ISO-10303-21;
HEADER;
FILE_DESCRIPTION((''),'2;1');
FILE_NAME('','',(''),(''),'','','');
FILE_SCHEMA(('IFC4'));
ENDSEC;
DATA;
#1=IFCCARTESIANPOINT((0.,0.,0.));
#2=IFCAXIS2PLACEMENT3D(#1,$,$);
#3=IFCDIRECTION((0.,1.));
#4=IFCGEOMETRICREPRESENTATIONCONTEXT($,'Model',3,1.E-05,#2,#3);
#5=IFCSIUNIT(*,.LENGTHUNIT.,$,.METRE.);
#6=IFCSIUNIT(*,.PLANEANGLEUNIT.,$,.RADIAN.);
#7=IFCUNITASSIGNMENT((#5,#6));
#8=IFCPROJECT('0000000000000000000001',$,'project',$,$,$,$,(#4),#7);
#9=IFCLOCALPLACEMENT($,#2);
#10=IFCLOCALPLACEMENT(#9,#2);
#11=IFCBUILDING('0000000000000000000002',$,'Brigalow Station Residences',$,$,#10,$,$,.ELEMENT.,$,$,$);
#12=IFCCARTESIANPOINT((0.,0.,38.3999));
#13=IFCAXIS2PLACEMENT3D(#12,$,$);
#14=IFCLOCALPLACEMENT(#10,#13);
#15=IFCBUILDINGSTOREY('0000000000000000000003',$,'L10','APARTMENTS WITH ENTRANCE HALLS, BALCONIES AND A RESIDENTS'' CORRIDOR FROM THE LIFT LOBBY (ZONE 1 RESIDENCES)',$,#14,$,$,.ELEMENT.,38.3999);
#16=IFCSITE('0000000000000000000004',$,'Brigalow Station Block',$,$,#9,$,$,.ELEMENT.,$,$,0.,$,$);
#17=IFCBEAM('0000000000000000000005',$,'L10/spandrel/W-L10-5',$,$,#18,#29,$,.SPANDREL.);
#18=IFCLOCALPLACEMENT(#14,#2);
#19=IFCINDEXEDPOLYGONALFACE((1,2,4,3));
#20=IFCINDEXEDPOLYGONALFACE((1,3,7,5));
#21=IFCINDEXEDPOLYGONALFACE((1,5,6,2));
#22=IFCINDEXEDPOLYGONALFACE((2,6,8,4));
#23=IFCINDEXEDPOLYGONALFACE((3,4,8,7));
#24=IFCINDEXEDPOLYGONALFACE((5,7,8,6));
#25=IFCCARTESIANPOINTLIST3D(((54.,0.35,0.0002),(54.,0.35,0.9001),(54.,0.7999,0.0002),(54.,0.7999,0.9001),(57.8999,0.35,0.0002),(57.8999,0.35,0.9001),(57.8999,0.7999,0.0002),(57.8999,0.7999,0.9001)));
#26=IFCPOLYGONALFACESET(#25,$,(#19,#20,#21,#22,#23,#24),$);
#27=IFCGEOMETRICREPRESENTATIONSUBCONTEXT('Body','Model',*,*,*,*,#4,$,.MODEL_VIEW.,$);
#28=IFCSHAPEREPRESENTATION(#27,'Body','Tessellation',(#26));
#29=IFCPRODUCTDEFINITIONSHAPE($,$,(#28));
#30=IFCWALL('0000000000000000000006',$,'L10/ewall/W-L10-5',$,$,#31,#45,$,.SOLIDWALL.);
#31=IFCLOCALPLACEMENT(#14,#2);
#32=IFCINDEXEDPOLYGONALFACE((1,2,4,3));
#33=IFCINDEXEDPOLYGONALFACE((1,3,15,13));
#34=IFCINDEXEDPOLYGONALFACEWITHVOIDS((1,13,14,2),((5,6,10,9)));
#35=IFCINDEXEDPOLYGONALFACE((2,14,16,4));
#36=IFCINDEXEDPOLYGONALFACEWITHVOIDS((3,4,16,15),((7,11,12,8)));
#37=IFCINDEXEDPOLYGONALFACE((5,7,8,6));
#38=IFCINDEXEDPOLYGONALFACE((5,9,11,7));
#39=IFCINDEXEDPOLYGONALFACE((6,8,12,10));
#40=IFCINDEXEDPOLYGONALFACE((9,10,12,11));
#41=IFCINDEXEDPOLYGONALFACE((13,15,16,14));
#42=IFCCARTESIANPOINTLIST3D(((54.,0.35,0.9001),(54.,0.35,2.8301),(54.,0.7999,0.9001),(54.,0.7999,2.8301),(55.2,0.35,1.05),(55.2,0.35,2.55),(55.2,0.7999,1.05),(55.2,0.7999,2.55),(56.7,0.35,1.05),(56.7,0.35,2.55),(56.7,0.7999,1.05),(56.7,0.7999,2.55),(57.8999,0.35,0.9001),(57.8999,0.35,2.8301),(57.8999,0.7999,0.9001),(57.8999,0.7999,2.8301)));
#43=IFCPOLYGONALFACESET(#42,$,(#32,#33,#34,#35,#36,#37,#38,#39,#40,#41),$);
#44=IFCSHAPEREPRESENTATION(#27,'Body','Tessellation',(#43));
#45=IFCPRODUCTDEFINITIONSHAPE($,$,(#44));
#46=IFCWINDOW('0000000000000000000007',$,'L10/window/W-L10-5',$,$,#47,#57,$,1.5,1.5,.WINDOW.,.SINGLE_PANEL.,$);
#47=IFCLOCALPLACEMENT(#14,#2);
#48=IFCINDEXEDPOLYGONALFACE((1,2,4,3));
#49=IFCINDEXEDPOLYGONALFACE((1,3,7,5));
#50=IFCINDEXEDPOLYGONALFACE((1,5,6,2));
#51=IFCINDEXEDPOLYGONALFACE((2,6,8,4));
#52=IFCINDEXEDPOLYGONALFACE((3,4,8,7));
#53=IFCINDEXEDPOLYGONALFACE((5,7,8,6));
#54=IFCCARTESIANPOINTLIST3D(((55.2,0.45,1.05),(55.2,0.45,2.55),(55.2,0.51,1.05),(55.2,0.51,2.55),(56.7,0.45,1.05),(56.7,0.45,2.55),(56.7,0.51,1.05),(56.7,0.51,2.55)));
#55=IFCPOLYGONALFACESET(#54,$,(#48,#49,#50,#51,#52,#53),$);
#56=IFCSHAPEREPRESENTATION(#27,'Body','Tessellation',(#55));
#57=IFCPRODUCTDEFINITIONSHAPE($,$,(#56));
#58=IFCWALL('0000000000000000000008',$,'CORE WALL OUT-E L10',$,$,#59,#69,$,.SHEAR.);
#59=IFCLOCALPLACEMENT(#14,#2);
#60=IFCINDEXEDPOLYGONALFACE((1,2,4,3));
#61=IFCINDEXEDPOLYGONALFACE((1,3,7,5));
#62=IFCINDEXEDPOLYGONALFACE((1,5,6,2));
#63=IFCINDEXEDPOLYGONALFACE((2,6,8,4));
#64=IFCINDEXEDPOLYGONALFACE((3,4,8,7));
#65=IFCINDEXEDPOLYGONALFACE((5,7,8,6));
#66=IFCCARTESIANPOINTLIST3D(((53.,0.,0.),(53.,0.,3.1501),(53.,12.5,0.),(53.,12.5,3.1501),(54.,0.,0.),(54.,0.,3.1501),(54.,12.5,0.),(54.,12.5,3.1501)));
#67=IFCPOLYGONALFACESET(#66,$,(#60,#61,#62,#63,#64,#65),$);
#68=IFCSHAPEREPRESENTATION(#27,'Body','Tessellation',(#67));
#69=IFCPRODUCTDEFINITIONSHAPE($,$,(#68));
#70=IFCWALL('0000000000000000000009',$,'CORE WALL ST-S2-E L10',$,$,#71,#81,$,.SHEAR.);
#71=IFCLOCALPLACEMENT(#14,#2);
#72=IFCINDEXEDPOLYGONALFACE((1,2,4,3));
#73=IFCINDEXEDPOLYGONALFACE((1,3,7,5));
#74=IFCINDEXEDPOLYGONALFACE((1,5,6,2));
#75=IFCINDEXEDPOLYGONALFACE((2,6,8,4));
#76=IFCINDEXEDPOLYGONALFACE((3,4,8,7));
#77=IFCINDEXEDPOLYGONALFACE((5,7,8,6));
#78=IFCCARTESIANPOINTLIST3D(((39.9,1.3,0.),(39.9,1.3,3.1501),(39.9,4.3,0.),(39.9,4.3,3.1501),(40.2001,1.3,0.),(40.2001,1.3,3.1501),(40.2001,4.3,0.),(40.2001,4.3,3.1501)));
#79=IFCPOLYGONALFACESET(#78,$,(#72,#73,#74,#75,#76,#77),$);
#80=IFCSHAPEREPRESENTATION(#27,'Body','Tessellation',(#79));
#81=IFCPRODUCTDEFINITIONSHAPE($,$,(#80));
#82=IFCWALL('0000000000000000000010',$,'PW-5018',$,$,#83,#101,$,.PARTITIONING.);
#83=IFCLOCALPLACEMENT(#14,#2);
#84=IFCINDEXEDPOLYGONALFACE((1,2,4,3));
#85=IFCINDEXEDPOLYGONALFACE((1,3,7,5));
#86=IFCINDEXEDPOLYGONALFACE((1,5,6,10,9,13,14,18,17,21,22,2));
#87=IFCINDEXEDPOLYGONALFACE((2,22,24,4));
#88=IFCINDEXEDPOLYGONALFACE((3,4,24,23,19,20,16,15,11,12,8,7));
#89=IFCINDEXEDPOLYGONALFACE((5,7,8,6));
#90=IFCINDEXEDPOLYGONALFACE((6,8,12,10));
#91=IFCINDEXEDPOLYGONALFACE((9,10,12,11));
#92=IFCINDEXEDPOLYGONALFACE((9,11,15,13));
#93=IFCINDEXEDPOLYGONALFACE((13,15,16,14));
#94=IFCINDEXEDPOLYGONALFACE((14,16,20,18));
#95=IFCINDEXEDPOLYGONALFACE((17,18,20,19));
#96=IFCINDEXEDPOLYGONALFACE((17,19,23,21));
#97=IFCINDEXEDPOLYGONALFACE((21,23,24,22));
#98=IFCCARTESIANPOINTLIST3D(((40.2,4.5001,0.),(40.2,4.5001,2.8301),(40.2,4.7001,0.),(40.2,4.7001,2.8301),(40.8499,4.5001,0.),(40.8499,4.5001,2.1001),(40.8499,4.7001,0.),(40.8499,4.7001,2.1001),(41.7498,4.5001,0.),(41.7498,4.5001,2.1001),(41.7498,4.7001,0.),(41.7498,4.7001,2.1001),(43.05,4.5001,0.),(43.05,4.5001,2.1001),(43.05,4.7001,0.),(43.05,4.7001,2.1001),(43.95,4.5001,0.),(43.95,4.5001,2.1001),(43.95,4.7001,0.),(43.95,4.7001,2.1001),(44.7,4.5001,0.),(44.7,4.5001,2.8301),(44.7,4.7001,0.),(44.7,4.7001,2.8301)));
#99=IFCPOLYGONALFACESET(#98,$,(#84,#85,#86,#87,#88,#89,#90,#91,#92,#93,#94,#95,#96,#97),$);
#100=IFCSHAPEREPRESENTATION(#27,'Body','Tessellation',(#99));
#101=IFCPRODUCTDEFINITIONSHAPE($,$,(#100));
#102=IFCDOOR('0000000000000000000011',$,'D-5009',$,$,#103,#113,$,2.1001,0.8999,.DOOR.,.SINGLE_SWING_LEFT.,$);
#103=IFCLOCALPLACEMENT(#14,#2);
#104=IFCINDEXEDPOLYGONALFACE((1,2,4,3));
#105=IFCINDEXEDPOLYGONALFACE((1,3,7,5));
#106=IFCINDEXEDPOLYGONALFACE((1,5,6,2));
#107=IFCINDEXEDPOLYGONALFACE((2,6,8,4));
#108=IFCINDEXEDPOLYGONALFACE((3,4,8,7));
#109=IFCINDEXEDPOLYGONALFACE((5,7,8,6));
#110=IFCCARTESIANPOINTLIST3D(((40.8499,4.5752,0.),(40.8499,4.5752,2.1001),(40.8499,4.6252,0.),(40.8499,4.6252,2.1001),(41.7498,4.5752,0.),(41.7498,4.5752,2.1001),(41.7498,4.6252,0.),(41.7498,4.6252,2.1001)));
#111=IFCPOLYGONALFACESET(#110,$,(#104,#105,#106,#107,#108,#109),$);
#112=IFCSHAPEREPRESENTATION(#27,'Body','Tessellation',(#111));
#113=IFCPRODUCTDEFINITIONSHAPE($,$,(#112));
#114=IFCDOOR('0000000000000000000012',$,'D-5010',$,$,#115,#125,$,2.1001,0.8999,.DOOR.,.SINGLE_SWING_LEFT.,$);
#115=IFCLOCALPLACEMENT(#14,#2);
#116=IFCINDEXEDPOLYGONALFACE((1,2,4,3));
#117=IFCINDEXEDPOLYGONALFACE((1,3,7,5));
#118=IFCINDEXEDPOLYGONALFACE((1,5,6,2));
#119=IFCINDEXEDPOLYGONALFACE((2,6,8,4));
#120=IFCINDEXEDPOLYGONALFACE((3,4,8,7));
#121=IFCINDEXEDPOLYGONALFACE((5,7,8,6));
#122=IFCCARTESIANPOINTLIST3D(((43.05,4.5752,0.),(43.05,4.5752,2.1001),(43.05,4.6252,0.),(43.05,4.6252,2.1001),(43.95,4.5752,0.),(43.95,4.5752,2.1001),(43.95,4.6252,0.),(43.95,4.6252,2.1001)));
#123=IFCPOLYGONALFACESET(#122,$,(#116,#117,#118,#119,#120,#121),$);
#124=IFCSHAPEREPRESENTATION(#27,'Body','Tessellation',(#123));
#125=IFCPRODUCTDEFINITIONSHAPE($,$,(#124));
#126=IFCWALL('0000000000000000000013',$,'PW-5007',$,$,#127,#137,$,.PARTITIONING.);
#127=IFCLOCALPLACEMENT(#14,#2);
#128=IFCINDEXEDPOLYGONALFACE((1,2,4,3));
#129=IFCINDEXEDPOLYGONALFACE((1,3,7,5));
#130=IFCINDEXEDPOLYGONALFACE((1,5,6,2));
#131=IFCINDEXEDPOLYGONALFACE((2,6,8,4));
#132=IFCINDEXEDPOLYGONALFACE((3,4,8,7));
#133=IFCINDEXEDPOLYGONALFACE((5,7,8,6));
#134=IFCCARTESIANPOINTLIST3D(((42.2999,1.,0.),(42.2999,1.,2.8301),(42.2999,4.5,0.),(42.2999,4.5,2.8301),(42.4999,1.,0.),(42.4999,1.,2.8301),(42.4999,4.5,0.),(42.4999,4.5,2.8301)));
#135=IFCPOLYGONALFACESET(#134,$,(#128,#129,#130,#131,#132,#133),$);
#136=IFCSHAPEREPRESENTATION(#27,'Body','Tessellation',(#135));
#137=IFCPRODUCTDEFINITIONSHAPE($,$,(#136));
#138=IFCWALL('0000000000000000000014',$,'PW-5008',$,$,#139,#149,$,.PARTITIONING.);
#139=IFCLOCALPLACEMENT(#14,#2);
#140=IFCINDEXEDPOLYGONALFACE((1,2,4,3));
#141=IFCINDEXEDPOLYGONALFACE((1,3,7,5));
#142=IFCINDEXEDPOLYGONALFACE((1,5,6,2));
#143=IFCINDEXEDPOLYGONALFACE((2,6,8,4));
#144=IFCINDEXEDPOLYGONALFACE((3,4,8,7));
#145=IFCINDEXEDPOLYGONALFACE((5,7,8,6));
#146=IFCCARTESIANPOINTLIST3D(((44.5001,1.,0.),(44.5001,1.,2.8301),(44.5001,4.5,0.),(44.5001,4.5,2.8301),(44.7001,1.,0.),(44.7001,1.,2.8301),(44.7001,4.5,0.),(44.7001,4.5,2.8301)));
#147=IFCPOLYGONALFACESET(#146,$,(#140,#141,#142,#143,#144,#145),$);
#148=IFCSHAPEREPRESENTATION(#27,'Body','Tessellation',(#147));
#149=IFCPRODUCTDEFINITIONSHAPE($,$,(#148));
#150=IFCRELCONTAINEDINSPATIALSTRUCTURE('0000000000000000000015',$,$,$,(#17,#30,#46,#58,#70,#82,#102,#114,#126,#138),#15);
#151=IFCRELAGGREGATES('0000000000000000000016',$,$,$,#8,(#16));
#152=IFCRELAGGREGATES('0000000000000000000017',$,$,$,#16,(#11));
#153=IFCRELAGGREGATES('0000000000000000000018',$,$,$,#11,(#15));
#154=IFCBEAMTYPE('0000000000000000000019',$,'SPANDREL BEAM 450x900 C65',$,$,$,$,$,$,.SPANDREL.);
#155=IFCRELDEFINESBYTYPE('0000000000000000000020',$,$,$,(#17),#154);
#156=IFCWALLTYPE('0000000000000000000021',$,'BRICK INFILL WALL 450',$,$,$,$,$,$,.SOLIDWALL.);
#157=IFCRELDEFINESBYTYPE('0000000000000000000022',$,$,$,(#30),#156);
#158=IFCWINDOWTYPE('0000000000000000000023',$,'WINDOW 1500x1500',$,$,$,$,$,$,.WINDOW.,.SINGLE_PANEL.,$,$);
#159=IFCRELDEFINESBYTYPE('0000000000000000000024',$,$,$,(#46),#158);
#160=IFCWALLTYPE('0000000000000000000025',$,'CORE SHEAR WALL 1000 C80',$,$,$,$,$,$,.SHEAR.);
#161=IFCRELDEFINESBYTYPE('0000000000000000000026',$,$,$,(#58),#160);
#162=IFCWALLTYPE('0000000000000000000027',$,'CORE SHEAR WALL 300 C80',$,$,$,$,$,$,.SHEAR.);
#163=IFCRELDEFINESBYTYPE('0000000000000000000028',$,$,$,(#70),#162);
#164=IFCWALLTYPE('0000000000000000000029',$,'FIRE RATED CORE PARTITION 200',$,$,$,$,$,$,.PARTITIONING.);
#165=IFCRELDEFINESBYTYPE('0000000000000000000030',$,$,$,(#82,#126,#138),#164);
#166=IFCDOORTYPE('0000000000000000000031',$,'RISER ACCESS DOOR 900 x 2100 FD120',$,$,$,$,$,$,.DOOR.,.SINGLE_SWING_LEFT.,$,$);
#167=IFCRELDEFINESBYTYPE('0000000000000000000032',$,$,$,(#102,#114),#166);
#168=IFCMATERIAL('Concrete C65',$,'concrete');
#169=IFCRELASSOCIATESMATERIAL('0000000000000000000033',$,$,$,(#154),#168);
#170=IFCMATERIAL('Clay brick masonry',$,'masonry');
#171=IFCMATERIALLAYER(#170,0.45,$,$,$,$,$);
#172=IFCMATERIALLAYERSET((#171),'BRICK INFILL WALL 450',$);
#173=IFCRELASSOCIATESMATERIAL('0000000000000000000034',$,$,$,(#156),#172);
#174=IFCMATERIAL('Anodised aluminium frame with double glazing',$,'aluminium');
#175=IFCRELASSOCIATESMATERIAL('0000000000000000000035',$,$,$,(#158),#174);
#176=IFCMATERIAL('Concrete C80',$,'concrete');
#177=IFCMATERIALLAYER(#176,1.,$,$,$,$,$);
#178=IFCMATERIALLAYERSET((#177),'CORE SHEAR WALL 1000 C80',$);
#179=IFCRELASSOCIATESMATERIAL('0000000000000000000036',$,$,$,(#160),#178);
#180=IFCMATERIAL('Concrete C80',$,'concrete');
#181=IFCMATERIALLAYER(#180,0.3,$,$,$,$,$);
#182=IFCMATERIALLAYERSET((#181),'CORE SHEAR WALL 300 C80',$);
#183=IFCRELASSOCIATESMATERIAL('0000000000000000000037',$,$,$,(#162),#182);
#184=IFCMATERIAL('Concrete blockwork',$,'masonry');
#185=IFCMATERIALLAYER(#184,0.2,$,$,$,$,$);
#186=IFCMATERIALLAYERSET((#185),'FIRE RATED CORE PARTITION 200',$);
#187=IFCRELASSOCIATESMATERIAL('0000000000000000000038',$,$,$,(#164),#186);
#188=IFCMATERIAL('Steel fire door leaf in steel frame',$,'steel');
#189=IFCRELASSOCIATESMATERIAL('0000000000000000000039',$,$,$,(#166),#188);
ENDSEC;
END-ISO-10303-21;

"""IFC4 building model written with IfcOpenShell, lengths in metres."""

from ifc_helpers import new_model, si_unit, direction, frame, frame_2d, origin, origin_2d, place, context, subcontext, project, spatial, rectangle, extrude, material, layer, layer_set, material_profile, profile_set, type_object, element, fill, save


model = new_model("IFC4")

# Units and contexts
model_context = context("Model", 3, precision=1e-05, world=origin(), true_north=direction((0.0, 1.0)))
body_context = subcontext(model_context, "Body", "Model", "MODEL_VIEW")
ifc_project = project(units=[si_unit("LENGTHUNIT", "METRE"), si_unit("PLANEANGLEUNIT", "RADIAN")], contexts=[model_context])

# Site, building, storey
site_placement = place(None, origin())
site = spatial("IfcSite", under=ifc_project, at=site_placement, Name="Brigalow Station Block", CompositionType="ELEMENT", RefElevation=0.0)
building_placement = place(site_placement, origin())
building = spatial("IfcBuilding", under=site, at=building_placement, Name="Brigalow Station Residences", CompositionType="ELEMENT")
storey_placement = place(building_placement, frame((0.0, 0.0, 38.3999)))
storey = spatial("IfcBuildingStorey", under=building, at=storey_placement, Name="L10", Description="APARTMENTS WITH ENTRANCE HALLS, BALCONIES AND A RESIDENTS' CORRIDOR FROM THE LIFT LOBBY (ZONE 1 RESIDENCES)", CompositionType="ELEMENT", Elevation=38.3999)

# Beam
ifc_material_1 = material(Name="Concrete C65", Category="concrete")
ifc_material_profile = material_profile(ifc_material_1, rectangle(XDim=0.45, YDim=0.8999, at=origin_2d()), Name="RC450x900")
ifc_profile_set = profile_set([ifc_material_profile], Name="Concrete C65")
beam_type = type_object("IfcBeamType", Name="SPANDREL BEAM 450x900 C65", PredefinedType="SPANDREL", material=ifc_profile_set)
beam_placement = place(storey_placement, frame((54.0, 0.575, 0.4502), z_axis=(1.0, 0.0, 0.0), x_axis=(0.0, 1.0, 0.0)))
element("IfcBeam", 1, at=beam_placement, inside=storey, type_object=beam_type, Name="L10/spandrel/W-L10-5", PredefinedType="SPANDREL", context=body_context, shape_type="SweptSolid", body=[
    extrude(rectangle(XDim=0.45, YDim=0.8999, at=origin_2d()), origin(), (0.0, 0.0, 1.0), 3.8999),
])

# Wall, opening, window
ifc_material_2 = material(Name="Clay brick masonry", Category="masonry")
ifc_layer_1 = layer(ifc_material_2, 0.45)
ifc_layer_set_1 = layer_set([ifc_layer_1], Name="BRICK INFILL WALL 450")
wall_type_1 = type_object("IfcWallType", Name="BRICK INFILL WALL 450", PredefinedType="SOLIDWALL", material=ifc_layer_set_1)
wall_1_placement = place(storey_placement, frame((54.0, 0.575, 0.9001), z_axis=(0.0, 0.0, 1.0), x_axis=(1.0, 0.0, 0.0)))
wall_1 = element("IfcWall", 2, at=wall_1_placement, inside=storey, type_object=wall_type_1, Name="L10/ewall/W-L10-5", PredefinedType="SOLIDWALL", context=body_context, shape_type="SweptSolid", body=[
    extrude(rectangle(XDim=3.8999, YDim=0.45, at=frame_2d((1.95, 0.0))), origin(), (0.0, 0.0, 1.0), 1.9299),
])
opening_1_placement = place(wall_1_placement, frame((1.2, 0.0, 0.1499)))
opening_1 = element("IfcOpeningElement", 3, at=opening_1_placement, cuts=wall_1, PredefinedType="OPENING", context=body_context, shape_type="SweptSolid", body=[
    extrude(rectangle(XDim=1.5, YDim=1.5, at=frame_2d((0.75, 0.75))), frame((0.0, 0.2349, 0.0), z_axis=(0.0, -1.0, 0.0), x_axis=(1.0, 0.0, 0.0)), (0.0, 0.0, 1.0), 0.47),
])
ifc_material_3 = material(Name="Anodised aluminium frame with double glazing", Category="aluminium")
window_type = type_object("IfcWindowType", Name="WINDOW 1500x1500", PartitioningType="SINGLE_PANEL", PredefinedType="WINDOW", material=ifc_material_3)
window_placement = place(opening_1_placement, origin())
window = element("IfcWindow", 4, at=window_placement, inside=storey, type_object=window_type, Name="L10/window/W-L10-5", OverallHeight=1.5, OverallWidth=1.5, PartitioningType="SINGLE_PANEL", PredefinedType="WINDOW", context=body_context, shape_type="SweptSolid", body=[
    extrude(rectangle(XDim=1.5, YDim=1.5, at=frame_2d((0.75, 0.75))), frame((0.0, -0.0649, 0.0), z_axis=(0.0, -1.0, 0.0), x_axis=(1.0, 0.0, 0.0)), (0.0, 0.0, 1.0), 0.0601),
])
fill(opening_1, window)

# Walls
ifc_material_4 = material(Name="Concrete C80", Category="concrete")
ifc_layer_2 = layer(ifc_material_4, 1.0)
ifc_layer_set_2 = layer_set([ifc_layer_2], Name="CORE SHEAR WALL 1000 C80")
wall_type_2 = type_object("IfcWallType", Name="CORE SHEAR WALL 1000 C80", PredefinedType="SHEAR", material=ifc_layer_set_2)
wall_2_placement = place(storey_placement, frame((53.5, 0.0, 0.0), z_axis=(0.0, 0.0, 1.0), x_axis=(0.0, 1.0, 0.0)))
element("IfcWall", 5, at=wall_2_placement, inside=storey, type_object=wall_type_2, Name="CORE WALL OUT-E L10", PredefinedType="SHEAR", context=body_context, shape_type="SweptSolid", body=[
    extrude(rectangle(XDim=12.5, YDim=1.0, at=frame_2d((6.25, 0.0))), origin(), (0.0, 0.0, 1.0), 3.1501),
])
ifc_material_5 = material(Name="Concrete C80", Category="concrete")
ifc_layer_3 = layer(ifc_material_5, 0.3)
ifc_layer_set_3 = layer_set([ifc_layer_3], Name="CORE SHEAR WALL 300 C80")
wall_type_3 = type_object("IfcWallType", Name="CORE SHEAR WALL 300 C80", PredefinedType="SHEAR", material=ifc_layer_set_3)
wall_3_placement = place(storey_placement, frame((40.05, 1.3, 0.0), z_axis=(0.0, 0.0, 1.0), x_axis=(0.0, 1.0, 0.0)))
element("IfcWall", 6, at=wall_3_placement, inside=storey, type_object=wall_type_3, Name="CORE WALL ST-S2-E L10", PredefinedType="SHEAR", context=body_context, shape_type="SweptSolid", body=[
    extrude(rectangle(XDim=3.0, YDim=0.3, at=frame_2d((1.5, 0.0))), origin(), (0.0, 0.0, 1.0), 3.1501),
])

# Wall, openings, doors
ifc_material_6 = material(Name="Concrete blockwork", Category="masonry")
ifc_layer_4 = layer(ifc_material_6, 0.2)
ifc_layer_set_4 = layer_set([ifc_layer_4], Name="FIRE RATED CORE PARTITION 200")
wall_type_4 = type_object("IfcWallType", Name="FIRE RATED CORE PARTITION 200", PredefinedType="PARTITIONING", material=ifc_layer_set_4)
wall_4_placement = place(storey_placement, frame((40.2, 4.6001, 0.0), z_axis=(0.0, 0.0, 1.0), x_axis=(1.0, 0.0, 0.0)))
wall_4 = element("IfcWall", 7, at=wall_4_placement, inside=storey, type_object=wall_type_4, Name="PW-5018", PredefinedType="PARTITIONING", context=body_context, shape_type="SweptSolid", body=[
    extrude(rectangle(XDim=4.5, YDim=0.2, at=frame_2d((2.25, 0.0))), origin(), (0.0, 0.0, 1.0), 2.8301),
])
opening_2_placement = place(wall_4_placement, frame((0.6499, 0.0, 0.0)))
opening_2 = element("IfcOpeningElement", 8, at=opening_2_placement, cuts=wall_4, PredefinedType="OPENING", context=body_context, shape_type="SweptSolid", body=[
    extrude(rectangle(XDim=0.8999, YDim=2.1001, at=frame_2d((0.45, 1.05))), frame((0.0, 0.1099, 0.0), z_axis=(0.0, -1.0, 0.0), x_axis=(1.0, 0.0, 0.0)), (0.0, 0.0, 1.0), 0.22),
])
opening_3_placement = place(wall_4_placement, frame((2.8501, 0.0, 0.0)))
opening_3 = element("IfcOpeningElement", 9, at=opening_3_placement, cuts=wall_4, PredefinedType="OPENING", context=body_context, shape_type="SweptSolid", body=[
    extrude(rectangle(XDim=0.8999, YDim=2.1001, at=frame_2d((0.45, 1.05))), frame((0.0, 0.1099, 0.0), z_axis=(0.0, -1.0, 0.0), x_axis=(1.0, 0.0, 0.0)), (0.0, 0.0, 1.0), 0.22),
])
ifc_material_7 = material(Name="Steel fire door leaf in steel frame", Category="steel")
door_type_1 = type_object("IfcDoorType", Name="RISER ACCESS DOOR 900 x 2100 FD120", OperationType="SINGLE_SWING_LEFT", PredefinedType="DOOR", material=ifc_material_7)
door_1_placement = place(opening_2_placement, frame((0.8999, 0.0, 0.0), z_axis=(0.0, 0.0, 1.0), x_axis=(-1.0, 0.0, 0.0)))
door_1 = element("IfcDoor", 10, at=door_1_placement, inside=storey, type_object=door_type_1, Name="D-5009", OperationType="SINGLE_SWING_LEFT", OverallHeight=2.1001, OverallWidth=0.8999, PredefinedType="DOOR", context=body_context, shape_type="SweptSolid", body=[
    extrude(rectangle(XDim=0.8999, YDim=2.1001, at=frame_2d((0.45, 1.05))), frame((0.0, 0.0249, 0.0), z_axis=(0.0, -1.0, 0.0), x_axis=(1.0, 0.0, 0.0)), (0.0, 0.0, 1.0), 0.05),
])
fill(opening_2, door_1)
door_2_placement = place(opening_3_placement, frame((0.8999, 0.0, 0.0), z_axis=(0.0, 0.0, 1.0), x_axis=(-1.0, 0.0, 0.0)))
door_2 = element("IfcDoor", 11, at=door_2_placement, inside=storey, type_object=door_type_1, Name="D-5010", OperationType="SINGLE_SWING_LEFT", OverallHeight=2.1001, OverallWidth=0.8999, PredefinedType="DOOR", context=body_context, shape_type="SweptSolid", body=[
    extrude(rectangle(XDim=0.8999, YDim=2.1001, at=frame_2d((0.45, 1.05))), frame((0.0, 0.0249, 0.0), z_axis=(0.0, -1.0, 0.0), x_axis=(1.0, 0.0, 0.0)), (0.0, 0.0, 1.0), 0.05),
])
fill(opening_3, door_2)

# Walls
for number, where, z_axis, x_axis, name in (
    (12, (42.3999, 1.0, 0.0), (0.0, 0.0, 1.0), (0.0, 1.0, 0.0), "PW-5007"),
    (13, (44.6001, 1.0, 0.0), (0.0, 0.0, 1.0), (0.0, 1.0, 0.0), "PW-5008"),
):
    element("IfcWall", number, at=place(storey_placement, frame(where, z_axis=z_axis, x_axis=x_axis)), inside=storey, type_object=wall_type_4, Name=name, PredefinedType="PARTITIONING", context=body_context, shape_type="SweptSolid", body=[
        extrude(rectangle(XDim=3.5, YDim=0.2, at=frame_2d((1.75, 0.0))), origin(), (0.0, 0.0, 1.0), 2.8301),
    ])

save(model, "model.ifc")
